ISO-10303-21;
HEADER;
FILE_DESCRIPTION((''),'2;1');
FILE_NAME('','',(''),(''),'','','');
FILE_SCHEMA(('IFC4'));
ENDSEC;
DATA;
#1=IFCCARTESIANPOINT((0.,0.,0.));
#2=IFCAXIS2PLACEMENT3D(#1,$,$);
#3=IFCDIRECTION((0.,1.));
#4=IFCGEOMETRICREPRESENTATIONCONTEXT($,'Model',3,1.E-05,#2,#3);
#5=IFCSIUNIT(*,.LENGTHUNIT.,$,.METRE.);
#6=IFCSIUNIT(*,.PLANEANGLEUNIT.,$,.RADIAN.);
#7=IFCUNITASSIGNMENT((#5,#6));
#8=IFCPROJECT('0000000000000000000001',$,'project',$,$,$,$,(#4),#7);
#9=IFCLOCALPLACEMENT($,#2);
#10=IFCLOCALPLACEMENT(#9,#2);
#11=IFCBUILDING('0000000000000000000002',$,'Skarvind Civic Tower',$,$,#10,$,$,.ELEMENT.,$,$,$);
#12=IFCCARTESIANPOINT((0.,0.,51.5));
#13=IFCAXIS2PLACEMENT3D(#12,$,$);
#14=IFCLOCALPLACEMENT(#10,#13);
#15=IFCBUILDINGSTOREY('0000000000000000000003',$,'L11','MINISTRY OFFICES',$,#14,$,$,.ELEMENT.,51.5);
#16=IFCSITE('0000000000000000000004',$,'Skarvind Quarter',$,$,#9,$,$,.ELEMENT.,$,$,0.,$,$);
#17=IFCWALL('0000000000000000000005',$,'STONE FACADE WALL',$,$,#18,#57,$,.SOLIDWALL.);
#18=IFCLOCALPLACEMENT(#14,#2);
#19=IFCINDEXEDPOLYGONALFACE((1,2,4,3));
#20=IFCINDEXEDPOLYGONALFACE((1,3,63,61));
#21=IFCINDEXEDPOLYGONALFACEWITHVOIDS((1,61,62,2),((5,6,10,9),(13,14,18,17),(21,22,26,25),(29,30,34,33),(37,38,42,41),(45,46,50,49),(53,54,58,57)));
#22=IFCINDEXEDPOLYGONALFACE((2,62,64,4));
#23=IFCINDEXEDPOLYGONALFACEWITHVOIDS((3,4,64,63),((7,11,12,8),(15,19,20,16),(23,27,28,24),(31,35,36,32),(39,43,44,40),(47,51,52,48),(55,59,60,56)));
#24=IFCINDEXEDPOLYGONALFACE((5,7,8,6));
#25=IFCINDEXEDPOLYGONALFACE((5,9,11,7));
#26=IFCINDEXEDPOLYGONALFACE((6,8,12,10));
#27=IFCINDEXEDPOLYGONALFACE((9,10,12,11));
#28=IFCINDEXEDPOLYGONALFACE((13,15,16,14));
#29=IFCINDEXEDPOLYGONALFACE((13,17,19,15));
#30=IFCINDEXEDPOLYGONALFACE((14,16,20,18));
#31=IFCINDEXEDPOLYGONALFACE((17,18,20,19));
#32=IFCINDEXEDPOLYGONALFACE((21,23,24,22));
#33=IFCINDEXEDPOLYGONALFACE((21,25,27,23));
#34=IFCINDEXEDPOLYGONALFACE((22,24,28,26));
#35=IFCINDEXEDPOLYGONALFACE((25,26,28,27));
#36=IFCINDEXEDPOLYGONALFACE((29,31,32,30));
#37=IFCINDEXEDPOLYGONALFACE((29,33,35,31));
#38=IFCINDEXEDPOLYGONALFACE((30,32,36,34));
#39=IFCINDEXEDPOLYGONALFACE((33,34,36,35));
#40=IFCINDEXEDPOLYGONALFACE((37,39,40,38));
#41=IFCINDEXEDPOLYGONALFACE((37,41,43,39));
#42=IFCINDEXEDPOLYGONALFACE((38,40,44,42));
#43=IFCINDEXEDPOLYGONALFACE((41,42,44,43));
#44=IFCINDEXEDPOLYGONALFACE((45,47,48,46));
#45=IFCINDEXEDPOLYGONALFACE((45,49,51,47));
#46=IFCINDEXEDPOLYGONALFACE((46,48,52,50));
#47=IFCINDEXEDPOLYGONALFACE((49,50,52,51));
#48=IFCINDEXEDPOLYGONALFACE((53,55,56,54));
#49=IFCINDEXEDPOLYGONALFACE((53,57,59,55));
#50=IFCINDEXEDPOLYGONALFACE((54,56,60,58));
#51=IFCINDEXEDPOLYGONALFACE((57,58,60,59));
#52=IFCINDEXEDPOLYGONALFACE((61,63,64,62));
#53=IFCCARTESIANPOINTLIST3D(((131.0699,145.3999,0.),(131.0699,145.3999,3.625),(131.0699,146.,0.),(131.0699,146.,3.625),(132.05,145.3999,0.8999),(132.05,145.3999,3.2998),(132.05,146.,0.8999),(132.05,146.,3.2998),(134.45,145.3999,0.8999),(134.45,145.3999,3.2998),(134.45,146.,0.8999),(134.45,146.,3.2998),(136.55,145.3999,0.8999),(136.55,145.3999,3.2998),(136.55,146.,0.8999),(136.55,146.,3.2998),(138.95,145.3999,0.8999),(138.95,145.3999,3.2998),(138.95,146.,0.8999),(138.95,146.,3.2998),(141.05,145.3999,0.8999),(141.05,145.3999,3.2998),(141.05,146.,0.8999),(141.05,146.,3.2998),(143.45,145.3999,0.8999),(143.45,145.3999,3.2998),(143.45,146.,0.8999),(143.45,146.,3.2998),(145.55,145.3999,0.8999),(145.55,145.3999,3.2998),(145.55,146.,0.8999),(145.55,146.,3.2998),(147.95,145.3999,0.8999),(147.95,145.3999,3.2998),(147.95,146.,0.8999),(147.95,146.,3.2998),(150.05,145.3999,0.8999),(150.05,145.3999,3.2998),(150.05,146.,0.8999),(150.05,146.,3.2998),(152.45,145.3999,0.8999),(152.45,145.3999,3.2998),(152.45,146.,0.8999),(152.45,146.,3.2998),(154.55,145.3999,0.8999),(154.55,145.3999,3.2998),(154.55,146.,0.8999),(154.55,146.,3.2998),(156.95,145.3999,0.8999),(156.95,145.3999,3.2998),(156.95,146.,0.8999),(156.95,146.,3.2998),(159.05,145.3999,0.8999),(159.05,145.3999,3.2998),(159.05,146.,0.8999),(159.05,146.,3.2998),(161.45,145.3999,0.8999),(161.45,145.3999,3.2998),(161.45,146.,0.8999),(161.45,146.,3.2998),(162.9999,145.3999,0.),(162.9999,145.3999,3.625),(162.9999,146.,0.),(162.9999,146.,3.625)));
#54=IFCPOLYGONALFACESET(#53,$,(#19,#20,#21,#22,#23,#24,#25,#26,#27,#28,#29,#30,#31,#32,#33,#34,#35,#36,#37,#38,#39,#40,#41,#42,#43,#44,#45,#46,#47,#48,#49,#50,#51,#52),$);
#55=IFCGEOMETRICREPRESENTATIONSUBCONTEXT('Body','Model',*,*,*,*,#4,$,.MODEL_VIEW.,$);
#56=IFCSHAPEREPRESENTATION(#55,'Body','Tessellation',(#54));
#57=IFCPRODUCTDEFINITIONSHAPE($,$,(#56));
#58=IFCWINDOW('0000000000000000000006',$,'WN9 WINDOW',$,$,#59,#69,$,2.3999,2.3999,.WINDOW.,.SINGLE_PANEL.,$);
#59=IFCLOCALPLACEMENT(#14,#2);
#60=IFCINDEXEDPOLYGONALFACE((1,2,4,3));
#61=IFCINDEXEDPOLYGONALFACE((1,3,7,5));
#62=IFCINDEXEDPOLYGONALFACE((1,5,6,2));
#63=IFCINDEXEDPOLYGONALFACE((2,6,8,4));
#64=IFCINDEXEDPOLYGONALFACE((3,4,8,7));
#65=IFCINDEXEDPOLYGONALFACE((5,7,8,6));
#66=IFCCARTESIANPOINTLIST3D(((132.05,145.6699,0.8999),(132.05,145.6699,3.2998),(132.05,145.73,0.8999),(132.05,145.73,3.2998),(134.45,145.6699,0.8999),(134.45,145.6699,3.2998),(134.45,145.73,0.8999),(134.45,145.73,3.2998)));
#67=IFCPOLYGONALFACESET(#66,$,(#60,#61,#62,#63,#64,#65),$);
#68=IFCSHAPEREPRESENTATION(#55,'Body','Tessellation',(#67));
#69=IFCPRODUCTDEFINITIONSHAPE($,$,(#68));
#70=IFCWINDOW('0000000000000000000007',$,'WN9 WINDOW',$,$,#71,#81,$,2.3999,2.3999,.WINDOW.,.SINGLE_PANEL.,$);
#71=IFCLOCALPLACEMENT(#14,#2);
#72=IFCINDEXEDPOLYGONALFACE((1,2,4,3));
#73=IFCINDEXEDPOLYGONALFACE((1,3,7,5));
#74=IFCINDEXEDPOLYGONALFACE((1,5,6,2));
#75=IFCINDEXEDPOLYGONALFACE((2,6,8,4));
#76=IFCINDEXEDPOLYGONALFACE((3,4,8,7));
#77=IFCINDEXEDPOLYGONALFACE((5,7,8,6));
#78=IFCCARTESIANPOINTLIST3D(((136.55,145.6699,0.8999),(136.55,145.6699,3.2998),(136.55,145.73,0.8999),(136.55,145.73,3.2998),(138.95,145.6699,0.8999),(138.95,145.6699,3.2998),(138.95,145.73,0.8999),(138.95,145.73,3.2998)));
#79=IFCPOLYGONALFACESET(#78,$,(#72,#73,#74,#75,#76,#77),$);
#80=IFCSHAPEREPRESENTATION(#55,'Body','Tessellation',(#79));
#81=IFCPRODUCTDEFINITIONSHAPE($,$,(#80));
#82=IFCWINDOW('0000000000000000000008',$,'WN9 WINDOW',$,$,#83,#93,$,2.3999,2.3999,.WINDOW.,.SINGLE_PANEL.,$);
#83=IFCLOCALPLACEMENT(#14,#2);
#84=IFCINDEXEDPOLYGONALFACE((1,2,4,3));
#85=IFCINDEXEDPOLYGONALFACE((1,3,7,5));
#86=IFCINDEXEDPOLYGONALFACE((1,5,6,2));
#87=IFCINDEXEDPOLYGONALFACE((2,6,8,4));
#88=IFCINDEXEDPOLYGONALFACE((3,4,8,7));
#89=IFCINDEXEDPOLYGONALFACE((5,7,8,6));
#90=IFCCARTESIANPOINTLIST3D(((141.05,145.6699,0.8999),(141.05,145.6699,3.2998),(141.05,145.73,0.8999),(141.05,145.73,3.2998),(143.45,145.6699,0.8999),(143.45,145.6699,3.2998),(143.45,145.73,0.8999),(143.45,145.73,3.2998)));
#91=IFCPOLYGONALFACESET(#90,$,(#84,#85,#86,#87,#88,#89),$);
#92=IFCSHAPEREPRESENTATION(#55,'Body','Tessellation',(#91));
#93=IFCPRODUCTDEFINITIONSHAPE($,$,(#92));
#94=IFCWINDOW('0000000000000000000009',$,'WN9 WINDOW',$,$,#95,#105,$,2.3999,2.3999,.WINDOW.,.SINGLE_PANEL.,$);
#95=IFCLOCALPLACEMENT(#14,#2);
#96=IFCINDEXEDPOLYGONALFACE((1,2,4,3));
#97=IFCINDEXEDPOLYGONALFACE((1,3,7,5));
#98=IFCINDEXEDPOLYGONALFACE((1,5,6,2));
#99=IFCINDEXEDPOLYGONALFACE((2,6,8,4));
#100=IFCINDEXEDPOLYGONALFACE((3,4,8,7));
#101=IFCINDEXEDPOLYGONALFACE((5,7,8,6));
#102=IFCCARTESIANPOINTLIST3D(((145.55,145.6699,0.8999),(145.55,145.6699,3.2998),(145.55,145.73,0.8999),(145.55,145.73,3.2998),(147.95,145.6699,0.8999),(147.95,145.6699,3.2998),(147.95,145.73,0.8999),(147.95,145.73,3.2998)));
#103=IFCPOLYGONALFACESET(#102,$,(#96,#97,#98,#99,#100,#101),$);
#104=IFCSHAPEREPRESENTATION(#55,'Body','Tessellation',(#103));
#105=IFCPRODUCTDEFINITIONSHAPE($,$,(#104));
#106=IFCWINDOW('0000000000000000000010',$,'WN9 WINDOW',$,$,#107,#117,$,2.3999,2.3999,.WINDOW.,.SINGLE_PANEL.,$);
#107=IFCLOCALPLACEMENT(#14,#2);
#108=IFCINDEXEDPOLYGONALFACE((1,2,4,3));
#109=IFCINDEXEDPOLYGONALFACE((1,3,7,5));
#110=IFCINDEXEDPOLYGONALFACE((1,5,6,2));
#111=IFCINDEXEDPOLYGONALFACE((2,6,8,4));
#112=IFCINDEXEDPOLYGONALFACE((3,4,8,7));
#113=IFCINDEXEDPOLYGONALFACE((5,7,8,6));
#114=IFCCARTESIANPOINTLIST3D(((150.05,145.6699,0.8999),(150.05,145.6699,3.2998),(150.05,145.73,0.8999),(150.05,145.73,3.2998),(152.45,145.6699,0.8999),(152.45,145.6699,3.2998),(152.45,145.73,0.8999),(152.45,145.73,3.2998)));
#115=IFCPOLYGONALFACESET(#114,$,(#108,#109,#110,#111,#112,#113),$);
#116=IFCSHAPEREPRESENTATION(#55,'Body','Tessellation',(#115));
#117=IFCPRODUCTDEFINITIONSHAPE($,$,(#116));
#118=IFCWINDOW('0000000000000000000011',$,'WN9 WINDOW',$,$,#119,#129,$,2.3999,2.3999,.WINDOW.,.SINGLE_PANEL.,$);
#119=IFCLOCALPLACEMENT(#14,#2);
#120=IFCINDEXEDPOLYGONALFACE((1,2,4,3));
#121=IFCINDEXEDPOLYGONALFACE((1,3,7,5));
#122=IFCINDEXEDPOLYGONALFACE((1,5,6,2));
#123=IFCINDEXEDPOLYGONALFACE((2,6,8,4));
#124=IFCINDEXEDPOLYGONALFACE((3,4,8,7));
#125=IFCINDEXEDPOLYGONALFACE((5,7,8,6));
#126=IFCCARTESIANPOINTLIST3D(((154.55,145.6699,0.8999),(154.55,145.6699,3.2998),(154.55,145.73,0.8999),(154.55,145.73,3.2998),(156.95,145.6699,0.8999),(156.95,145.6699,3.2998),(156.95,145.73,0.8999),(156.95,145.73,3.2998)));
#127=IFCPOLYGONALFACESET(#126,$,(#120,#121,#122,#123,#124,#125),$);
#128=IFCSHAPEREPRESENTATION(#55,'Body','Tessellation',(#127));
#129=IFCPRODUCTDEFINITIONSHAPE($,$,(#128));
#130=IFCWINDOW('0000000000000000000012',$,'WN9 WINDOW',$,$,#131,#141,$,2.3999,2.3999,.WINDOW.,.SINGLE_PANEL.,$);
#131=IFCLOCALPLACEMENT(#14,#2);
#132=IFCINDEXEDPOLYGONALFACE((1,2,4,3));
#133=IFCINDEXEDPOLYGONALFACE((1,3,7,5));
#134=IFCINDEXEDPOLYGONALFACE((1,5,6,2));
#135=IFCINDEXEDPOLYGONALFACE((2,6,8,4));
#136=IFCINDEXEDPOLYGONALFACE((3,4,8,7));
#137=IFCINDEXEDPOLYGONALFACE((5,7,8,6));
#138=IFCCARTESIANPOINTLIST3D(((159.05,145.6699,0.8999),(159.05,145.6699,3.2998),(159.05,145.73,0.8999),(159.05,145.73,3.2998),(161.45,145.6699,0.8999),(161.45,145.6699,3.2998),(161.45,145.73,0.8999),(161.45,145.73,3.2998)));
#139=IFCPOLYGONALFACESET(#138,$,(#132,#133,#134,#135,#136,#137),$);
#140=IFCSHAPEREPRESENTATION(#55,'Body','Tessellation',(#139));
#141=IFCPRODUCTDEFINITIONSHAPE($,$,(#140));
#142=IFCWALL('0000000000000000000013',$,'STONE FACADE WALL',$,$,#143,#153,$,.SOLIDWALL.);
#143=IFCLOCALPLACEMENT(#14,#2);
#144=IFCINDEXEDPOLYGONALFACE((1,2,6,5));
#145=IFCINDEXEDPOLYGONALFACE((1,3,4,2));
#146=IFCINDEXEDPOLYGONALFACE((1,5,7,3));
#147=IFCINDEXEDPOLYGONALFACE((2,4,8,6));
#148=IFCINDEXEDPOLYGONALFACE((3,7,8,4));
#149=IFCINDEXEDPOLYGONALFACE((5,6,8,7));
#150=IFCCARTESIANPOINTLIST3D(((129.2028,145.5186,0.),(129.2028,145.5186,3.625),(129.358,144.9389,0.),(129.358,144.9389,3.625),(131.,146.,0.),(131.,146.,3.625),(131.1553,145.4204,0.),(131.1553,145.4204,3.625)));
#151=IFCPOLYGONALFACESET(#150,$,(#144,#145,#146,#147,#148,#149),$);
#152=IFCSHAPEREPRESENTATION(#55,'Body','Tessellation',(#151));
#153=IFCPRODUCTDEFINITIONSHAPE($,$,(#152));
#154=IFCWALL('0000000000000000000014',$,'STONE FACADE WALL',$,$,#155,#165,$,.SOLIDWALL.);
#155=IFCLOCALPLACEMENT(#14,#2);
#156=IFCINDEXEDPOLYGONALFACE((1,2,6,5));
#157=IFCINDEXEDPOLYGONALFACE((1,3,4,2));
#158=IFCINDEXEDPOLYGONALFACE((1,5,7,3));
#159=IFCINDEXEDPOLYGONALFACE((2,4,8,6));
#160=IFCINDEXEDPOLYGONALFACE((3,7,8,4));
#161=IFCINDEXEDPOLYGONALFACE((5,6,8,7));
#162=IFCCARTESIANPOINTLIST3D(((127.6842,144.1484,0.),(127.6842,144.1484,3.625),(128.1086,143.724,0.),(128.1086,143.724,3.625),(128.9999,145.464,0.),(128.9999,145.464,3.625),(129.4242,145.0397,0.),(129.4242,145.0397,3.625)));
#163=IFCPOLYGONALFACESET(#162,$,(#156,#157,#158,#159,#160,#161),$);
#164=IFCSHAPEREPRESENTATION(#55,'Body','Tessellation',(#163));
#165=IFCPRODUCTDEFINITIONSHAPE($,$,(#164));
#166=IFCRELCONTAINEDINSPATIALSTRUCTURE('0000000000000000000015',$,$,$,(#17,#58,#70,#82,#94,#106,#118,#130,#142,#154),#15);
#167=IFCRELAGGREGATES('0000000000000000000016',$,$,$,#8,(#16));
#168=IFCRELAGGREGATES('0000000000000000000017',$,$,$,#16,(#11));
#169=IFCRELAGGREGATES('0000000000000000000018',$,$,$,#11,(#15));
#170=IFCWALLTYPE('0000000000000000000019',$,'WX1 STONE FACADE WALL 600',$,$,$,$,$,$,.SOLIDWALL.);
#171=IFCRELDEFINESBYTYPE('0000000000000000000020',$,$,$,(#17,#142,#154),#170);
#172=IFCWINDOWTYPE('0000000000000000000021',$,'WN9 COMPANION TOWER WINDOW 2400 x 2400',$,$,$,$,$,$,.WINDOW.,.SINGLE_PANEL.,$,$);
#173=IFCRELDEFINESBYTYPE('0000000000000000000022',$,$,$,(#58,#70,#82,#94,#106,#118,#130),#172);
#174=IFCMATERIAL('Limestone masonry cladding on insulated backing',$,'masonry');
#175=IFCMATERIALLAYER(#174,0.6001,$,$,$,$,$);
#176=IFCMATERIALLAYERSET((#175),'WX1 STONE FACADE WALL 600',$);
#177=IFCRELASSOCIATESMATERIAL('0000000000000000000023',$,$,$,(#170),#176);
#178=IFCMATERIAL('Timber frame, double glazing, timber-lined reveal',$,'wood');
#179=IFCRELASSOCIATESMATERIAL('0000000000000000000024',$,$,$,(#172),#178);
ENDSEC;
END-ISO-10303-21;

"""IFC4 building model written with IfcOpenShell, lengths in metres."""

from ifc_helpers import new_model, si_unit, direction, frame, frame_2d, origin, place, context, subcontext, project, spatial, rectangle, extrude, material, layer, layer_set, type_object, element, fill, save


model = new_model("IFC4")

# Units and contexts
model_context = context("Model", 3, precision=1e-05, world=origin(), true_north=direction((0.0, 1.0)))
body_context = subcontext(model_context, "Body", "Model", "MODEL_VIEW")
ifc_project = project(units=[si_unit("LENGTHUNIT", "METRE"), si_unit("PLANEANGLEUNIT", "RADIAN")], contexts=[model_context])

# Site, building, storey
site_placement = place(None, origin())
site = spatial("IfcSite", under=ifc_project, at=site_placement, Name="Skarvind Quarter", CompositionType="ELEMENT", RefElevation=0.0)
building_placement = place(site_placement, origin())
building = spatial("IfcBuilding", under=site, at=building_placement, Name="Skarvind Civic Tower", CompositionType="ELEMENT")
storey_placement = place(building_placement, frame((0.0, 0.0, 51.5)))
storey = spatial("IfcBuildingStorey", under=building, at=storey_placement, Name="L11", Description="MINISTRY OFFICES", CompositionType="ELEMENT", Elevation=51.5)

# Wall, openings, windows
ifc_material_1 = material(Name="Limestone masonry cladding on insulated backing", Category="masonry")
ifc_layer_1 = layer(ifc_material_1, 0.6001)
ifc_layer_set_1 = layer_set([ifc_layer_1], Name="WX1 STONE FACADE WALL 600")
wall_type_1 = type_object("IfcWallType", Name="WX1 STONE FACADE WALL 600", PredefinedType="SOLIDWALL", material=ifc_layer_set_1)
wall_1_placement = place(storey_placement, frame((131.0701, 145.7, 0.0), z_axis=(0.0, 0.0, 1.0), x_axis=(1.0, 0.0, 0.0)))
wall_1 = element("IfcWall", 1, at=wall_1_placement, inside=storey, type_object=wall_type_1, Name="STONE FACADE WALL", PredefinedType="SOLIDWALL", context=body_context, shape_type="SweptSolid", body=[
    extrude(rectangle(XDim=31.9299, YDim=0.6001, at=frame_2d((15.9648, 0.0))), origin(), (0.0, 0.0, 1.0), 3.625),
])
opening_1_placement = place(wall_1_placement, frame((0.98, 0.0, 0.8999)))
opening_1 = element("IfcOpeningElement", 2, at=opening_1_placement, cuts=wall_1, PredefinedType="OPENING", context=body_context, shape_type="SweptSolid", body=[
    extrude(rectangle(XDim=2.3999, YDim=2.3999, at=frame_2d((1.2, 1.2))), frame((0.0, 0.3101, 0.0), z_axis=(0.0, -1.0, 0.0), x_axis=(1.0, 0.0, 0.0)), (0.0, 0.0, 1.0), 0.6201),
])
opening_2_placement = place(wall_1_placement, frame((5.48, 0.0, 0.8999)))
opening_2 = element("IfcOpeningElement", 3, at=opening_2_placement, cuts=wall_1, PredefinedType="OPENING", context=body_context, shape_type="SweptSolid", body=[
    extrude(rectangle(XDim=2.3999, YDim=2.3999, at=frame_2d((1.2, 1.2))), frame((0.0, 0.3101, 0.0), z_axis=(0.0, -1.0, 0.0), x_axis=(1.0, 0.0, 0.0)), (0.0, 0.0, 1.0), 0.6201),
])
opening_3_placement = place(wall_1_placement, frame((9.98, 0.0, 0.8999)))
opening_3 = element("IfcOpeningElement", 4, at=opening_3_placement, cuts=wall_1, PredefinedType="OPENING", context=body_context, shape_type="SweptSolid", body=[
    extrude(rectangle(XDim=2.3999, YDim=2.3999, at=frame_2d((1.2, 1.2))), frame((0.0, 0.3101, 0.0), z_axis=(0.0, -1.0, 0.0), x_axis=(1.0, 0.0, 0.0)), (0.0, 0.0, 1.0), 0.6201),
])
opening_4_placement = place(wall_1_placement, frame((14.48, 0.0, 0.8999)))
opening_4 = element("IfcOpeningElement", 5, at=opening_4_placement, cuts=wall_1, PredefinedType="OPENING", context=body_context, shape_type="SweptSolid", body=[
    extrude(rectangle(XDim=2.3999, YDim=2.3999, at=frame_2d((1.2, 1.2))), frame((0.0, 0.3101, 0.0), z_axis=(0.0, -1.0, 0.0), x_axis=(1.0, 0.0, 0.0)), (0.0, 0.0, 1.0), 0.6201),
])
opening_5_placement = place(wall_1_placement, frame((18.98, 0.0, 0.8999)))
opening_5 = element("IfcOpeningElement", 6, at=opening_5_placement, cuts=wall_1, PredefinedType="OPENING", context=body_context, shape_type="SweptSolid", body=[
    extrude(rectangle(XDim=2.3999, YDim=2.3999, at=frame_2d((1.2, 1.2))), frame((0.0, 0.3101, 0.0), z_axis=(0.0, -1.0, 0.0), x_axis=(1.0, 0.0, 0.0)), (0.0, 0.0, 1.0), 0.6201),
])
opening_6_placement = place(wall_1_placement, frame((23.48, 0.0, 0.8999)))
opening_6 = element("IfcOpeningElement", 7, at=opening_6_placement, cuts=wall_1, PredefinedType="OPENING", context=body_context, shape_type="SweptSolid", body=[
    extrude(rectangle(XDim=2.3999, YDim=2.3999, at=frame_2d((1.2, 1.2))), frame((0.0, 0.3101, 0.0), z_axis=(0.0, -1.0, 0.0), x_axis=(1.0, 0.0, 0.0)), (0.0, 0.0, 1.0), 0.6201),
])
opening_7_placement = place(wall_1_placement, frame((27.98, 0.0, 0.8999)))
opening_7 = element("IfcOpeningElement", 8, at=opening_7_placement, cuts=wall_1, PredefinedType="OPENING", context=body_context, shape_type="SweptSolid", body=[
    extrude(rectangle(XDim=2.3999, YDim=2.3999, at=frame_2d((1.2, 1.2))), frame((0.0, 0.3101, 0.0), z_axis=(0.0, -1.0, 0.0), x_axis=(1.0, 0.0, 0.0)), (0.0, 0.0, 1.0), 0.6201),
])
ifc_material_2 = material(Name="Timber frame, double glazing, timber-lined reveal", Category="wood")
window_type = type_object("IfcWindowType", Name="WN9 COMPANION TOWER WINDOW 2400 x 2400", PartitioningType="SINGLE_PANEL", PredefinedType="WINDOW", material=ifc_material_2)
window_1_placement = place(opening_1_placement, origin())
window_1 = element("IfcWindow", 9, at=window_1_placement, inside=storey, type_object=window_type, Name="WN9 WINDOW", OverallHeight=2.3999, OverallWidth=2.3999, PartitioningType="SINGLE_PANEL", PredefinedType="WINDOW", context=body_context, shape_type="SweptSolid", body=[
    extrude(rectangle(XDim=2.3999, YDim=2.3999, at=frame_2d((1.2, 1.2))), frame((0.0, 0.03, 0.0), z_axis=(0.0, -1.0, 0.0), x_axis=(1.0, 0.0, 0.0)), (0.0, 0.0, 1.0), 0.0601),
])
fill(opening_1, window_1)
window_2_placement = place(opening_2_placement, origin())
window_2 = element("IfcWindow", 10, at=window_2_placement, inside=storey, type_object=window_type, Name="WN9 WINDOW", OverallHeight=2.3999, OverallWidth=2.3999, PartitioningType="SINGLE_PANEL", PredefinedType="WINDOW", context=body_context, shape_type="SweptSolid", body=[
    extrude(rectangle(XDim=2.3999, YDim=2.3999, at=frame_2d((1.2, 1.2))), frame((0.0, 0.03, 0.0), z_axis=(0.0, -1.0, 0.0), x_axis=(1.0, 0.0, 0.0)), (0.0, 0.0, 1.0), 0.0601),
])
fill(opening_2, window_2)
window_3_placement = place(opening_3_placement, origin())
window_3 = element("IfcWindow", 11, at=window_3_placement, inside=storey, type_object=window_type, Name="WN9 WINDOW", OverallHeight=2.3999, OverallWidth=2.3999, PartitioningType="SINGLE_PANEL", PredefinedType="WINDOW", context=body_context, shape_type="SweptSolid", body=[
    extrude(rectangle(XDim=2.3999, YDim=2.3999, at=frame_2d((1.2, 1.2))), frame((0.0, 0.03, 0.0), z_axis=(0.0, -1.0, 0.0), x_axis=(1.0, 0.0, 0.0)), (0.0, 0.0, 1.0), 0.0601),
])
fill(opening_3, window_3)
window_4_placement = place(opening_4_placement, origin())
window_4 = element("IfcWindow", 12, at=window_4_placement, inside=storey, type_object=window_type, Name="WN9 WINDOW", OverallHeight=2.3999, OverallWidth=2.3999, PartitioningType="SINGLE_PANEL", PredefinedType="WINDOW", context=body_context, shape_type="SweptSolid", body=[
    extrude(rectangle(XDim=2.3999, YDim=2.3999, at=frame_2d((1.2, 1.2))), frame((0.0, 0.03, 0.0), z_axis=(0.0, -1.0, 0.0), x_axis=(1.0, 0.0, 0.0)), (0.0, 0.0, 1.0), 0.0601),
])
fill(opening_4, window_4)
window_5_placement = place(opening_5_placement, origin())
window_5 = element("IfcWindow", 13, at=window_5_placement, inside=storey, type_object=window_type, Name="WN9 WINDOW", OverallHeight=2.3999, OverallWidth=2.3999, PartitioningType="SINGLE_PANEL", PredefinedType="WINDOW", context=body_context, shape_type="SweptSolid", body=[
    extrude(rectangle(XDim=2.3999, YDim=2.3999, at=frame_2d((1.2, 1.2))), frame((0.0, 0.03, 0.0), z_axis=(0.0, -1.0, 0.0), x_axis=(1.0, 0.0, 0.0)), (0.0, 0.0, 1.0), 0.0601),
])
fill(opening_5, window_5)
window_6_placement = place(opening_6_placement, origin())
window_6 = element("IfcWindow", 14, at=window_6_placement, inside=storey, type_object=window_type, Name="WN9 WINDOW", OverallHeight=2.3999, OverallWidth=2.3999, PartitioningType="SINGLE_PANEL", PredefinedType="WINDOW", context=body_context, shape_type="SweptSolid", body=[
    extrude(rectangle(XDim=2.3999, YDim=2.3999, at=frame_2d((1.2, 1.2))), frame((0.0, 0.03, 0.0), z_axis=(0.0, -1.0, 0.0), x_axis=(1.0, 0.0, 0.0)), (0.0, 0.0, 1.0), 0.0601),
])
fill(opening_6, window_6)
window_7_placement = place(opening_7_placement, origin())
window_7 = element("IfcWindow", 15, at=window_7_placement, inside=storey, type_object=window_type, Name="WN9 WINDOW", OverallHeight=2.3999, OverallWidth=2.3999, PartitioningType="SINGLE_PANEL", PredefinedType="WINDOW", context=body_context, shape_type="SweptSolid", body=[
    extrude(rectangle(XDim=2.3999, YDim=2.3999, at=frame_2d((1.2, 1.2))), frame((0.0, 0.03, 0.0), z_axis=(0.0, -1.0, 0.0), x_axis=(1.0, 0.0, 0.0)), (0.0, 0.0, 1.0), 0.0601),
])
fill(opening_7, window_7)

# Walls
for number, where, z_axis, x_axis, name in (
    (16, (129.2805, 145.2288, 0.0), (0.0, 0.0, 1.0), (0.965938, 0.258773, 0.0), "STONE FACADE WALL"),
    (17, (127.8965, 143.9363, 0.0), (0.0, 0.0, 1.0), (0.707107, 0.707107, 0.0), "STONE FACADE WALL"),
):
    element("IfcWall", number, at=place(storey_placement, frame(where, z_axis=z_axis, x_axis=x_axis)), inside=storey, type_object=wall_type_1, Name=name, PredefinedType="SOLIDWALL", context=body_context, shape_type="SweptSolid", body=[
        extrude(rectangle(XDim=1.8606, YDim=0.6001, at=frame_2d((0.9302, 0.0))), origin(), (0.0, 0.0, 1.0), 3.625),
    ])

save(model, "model.ifc")
